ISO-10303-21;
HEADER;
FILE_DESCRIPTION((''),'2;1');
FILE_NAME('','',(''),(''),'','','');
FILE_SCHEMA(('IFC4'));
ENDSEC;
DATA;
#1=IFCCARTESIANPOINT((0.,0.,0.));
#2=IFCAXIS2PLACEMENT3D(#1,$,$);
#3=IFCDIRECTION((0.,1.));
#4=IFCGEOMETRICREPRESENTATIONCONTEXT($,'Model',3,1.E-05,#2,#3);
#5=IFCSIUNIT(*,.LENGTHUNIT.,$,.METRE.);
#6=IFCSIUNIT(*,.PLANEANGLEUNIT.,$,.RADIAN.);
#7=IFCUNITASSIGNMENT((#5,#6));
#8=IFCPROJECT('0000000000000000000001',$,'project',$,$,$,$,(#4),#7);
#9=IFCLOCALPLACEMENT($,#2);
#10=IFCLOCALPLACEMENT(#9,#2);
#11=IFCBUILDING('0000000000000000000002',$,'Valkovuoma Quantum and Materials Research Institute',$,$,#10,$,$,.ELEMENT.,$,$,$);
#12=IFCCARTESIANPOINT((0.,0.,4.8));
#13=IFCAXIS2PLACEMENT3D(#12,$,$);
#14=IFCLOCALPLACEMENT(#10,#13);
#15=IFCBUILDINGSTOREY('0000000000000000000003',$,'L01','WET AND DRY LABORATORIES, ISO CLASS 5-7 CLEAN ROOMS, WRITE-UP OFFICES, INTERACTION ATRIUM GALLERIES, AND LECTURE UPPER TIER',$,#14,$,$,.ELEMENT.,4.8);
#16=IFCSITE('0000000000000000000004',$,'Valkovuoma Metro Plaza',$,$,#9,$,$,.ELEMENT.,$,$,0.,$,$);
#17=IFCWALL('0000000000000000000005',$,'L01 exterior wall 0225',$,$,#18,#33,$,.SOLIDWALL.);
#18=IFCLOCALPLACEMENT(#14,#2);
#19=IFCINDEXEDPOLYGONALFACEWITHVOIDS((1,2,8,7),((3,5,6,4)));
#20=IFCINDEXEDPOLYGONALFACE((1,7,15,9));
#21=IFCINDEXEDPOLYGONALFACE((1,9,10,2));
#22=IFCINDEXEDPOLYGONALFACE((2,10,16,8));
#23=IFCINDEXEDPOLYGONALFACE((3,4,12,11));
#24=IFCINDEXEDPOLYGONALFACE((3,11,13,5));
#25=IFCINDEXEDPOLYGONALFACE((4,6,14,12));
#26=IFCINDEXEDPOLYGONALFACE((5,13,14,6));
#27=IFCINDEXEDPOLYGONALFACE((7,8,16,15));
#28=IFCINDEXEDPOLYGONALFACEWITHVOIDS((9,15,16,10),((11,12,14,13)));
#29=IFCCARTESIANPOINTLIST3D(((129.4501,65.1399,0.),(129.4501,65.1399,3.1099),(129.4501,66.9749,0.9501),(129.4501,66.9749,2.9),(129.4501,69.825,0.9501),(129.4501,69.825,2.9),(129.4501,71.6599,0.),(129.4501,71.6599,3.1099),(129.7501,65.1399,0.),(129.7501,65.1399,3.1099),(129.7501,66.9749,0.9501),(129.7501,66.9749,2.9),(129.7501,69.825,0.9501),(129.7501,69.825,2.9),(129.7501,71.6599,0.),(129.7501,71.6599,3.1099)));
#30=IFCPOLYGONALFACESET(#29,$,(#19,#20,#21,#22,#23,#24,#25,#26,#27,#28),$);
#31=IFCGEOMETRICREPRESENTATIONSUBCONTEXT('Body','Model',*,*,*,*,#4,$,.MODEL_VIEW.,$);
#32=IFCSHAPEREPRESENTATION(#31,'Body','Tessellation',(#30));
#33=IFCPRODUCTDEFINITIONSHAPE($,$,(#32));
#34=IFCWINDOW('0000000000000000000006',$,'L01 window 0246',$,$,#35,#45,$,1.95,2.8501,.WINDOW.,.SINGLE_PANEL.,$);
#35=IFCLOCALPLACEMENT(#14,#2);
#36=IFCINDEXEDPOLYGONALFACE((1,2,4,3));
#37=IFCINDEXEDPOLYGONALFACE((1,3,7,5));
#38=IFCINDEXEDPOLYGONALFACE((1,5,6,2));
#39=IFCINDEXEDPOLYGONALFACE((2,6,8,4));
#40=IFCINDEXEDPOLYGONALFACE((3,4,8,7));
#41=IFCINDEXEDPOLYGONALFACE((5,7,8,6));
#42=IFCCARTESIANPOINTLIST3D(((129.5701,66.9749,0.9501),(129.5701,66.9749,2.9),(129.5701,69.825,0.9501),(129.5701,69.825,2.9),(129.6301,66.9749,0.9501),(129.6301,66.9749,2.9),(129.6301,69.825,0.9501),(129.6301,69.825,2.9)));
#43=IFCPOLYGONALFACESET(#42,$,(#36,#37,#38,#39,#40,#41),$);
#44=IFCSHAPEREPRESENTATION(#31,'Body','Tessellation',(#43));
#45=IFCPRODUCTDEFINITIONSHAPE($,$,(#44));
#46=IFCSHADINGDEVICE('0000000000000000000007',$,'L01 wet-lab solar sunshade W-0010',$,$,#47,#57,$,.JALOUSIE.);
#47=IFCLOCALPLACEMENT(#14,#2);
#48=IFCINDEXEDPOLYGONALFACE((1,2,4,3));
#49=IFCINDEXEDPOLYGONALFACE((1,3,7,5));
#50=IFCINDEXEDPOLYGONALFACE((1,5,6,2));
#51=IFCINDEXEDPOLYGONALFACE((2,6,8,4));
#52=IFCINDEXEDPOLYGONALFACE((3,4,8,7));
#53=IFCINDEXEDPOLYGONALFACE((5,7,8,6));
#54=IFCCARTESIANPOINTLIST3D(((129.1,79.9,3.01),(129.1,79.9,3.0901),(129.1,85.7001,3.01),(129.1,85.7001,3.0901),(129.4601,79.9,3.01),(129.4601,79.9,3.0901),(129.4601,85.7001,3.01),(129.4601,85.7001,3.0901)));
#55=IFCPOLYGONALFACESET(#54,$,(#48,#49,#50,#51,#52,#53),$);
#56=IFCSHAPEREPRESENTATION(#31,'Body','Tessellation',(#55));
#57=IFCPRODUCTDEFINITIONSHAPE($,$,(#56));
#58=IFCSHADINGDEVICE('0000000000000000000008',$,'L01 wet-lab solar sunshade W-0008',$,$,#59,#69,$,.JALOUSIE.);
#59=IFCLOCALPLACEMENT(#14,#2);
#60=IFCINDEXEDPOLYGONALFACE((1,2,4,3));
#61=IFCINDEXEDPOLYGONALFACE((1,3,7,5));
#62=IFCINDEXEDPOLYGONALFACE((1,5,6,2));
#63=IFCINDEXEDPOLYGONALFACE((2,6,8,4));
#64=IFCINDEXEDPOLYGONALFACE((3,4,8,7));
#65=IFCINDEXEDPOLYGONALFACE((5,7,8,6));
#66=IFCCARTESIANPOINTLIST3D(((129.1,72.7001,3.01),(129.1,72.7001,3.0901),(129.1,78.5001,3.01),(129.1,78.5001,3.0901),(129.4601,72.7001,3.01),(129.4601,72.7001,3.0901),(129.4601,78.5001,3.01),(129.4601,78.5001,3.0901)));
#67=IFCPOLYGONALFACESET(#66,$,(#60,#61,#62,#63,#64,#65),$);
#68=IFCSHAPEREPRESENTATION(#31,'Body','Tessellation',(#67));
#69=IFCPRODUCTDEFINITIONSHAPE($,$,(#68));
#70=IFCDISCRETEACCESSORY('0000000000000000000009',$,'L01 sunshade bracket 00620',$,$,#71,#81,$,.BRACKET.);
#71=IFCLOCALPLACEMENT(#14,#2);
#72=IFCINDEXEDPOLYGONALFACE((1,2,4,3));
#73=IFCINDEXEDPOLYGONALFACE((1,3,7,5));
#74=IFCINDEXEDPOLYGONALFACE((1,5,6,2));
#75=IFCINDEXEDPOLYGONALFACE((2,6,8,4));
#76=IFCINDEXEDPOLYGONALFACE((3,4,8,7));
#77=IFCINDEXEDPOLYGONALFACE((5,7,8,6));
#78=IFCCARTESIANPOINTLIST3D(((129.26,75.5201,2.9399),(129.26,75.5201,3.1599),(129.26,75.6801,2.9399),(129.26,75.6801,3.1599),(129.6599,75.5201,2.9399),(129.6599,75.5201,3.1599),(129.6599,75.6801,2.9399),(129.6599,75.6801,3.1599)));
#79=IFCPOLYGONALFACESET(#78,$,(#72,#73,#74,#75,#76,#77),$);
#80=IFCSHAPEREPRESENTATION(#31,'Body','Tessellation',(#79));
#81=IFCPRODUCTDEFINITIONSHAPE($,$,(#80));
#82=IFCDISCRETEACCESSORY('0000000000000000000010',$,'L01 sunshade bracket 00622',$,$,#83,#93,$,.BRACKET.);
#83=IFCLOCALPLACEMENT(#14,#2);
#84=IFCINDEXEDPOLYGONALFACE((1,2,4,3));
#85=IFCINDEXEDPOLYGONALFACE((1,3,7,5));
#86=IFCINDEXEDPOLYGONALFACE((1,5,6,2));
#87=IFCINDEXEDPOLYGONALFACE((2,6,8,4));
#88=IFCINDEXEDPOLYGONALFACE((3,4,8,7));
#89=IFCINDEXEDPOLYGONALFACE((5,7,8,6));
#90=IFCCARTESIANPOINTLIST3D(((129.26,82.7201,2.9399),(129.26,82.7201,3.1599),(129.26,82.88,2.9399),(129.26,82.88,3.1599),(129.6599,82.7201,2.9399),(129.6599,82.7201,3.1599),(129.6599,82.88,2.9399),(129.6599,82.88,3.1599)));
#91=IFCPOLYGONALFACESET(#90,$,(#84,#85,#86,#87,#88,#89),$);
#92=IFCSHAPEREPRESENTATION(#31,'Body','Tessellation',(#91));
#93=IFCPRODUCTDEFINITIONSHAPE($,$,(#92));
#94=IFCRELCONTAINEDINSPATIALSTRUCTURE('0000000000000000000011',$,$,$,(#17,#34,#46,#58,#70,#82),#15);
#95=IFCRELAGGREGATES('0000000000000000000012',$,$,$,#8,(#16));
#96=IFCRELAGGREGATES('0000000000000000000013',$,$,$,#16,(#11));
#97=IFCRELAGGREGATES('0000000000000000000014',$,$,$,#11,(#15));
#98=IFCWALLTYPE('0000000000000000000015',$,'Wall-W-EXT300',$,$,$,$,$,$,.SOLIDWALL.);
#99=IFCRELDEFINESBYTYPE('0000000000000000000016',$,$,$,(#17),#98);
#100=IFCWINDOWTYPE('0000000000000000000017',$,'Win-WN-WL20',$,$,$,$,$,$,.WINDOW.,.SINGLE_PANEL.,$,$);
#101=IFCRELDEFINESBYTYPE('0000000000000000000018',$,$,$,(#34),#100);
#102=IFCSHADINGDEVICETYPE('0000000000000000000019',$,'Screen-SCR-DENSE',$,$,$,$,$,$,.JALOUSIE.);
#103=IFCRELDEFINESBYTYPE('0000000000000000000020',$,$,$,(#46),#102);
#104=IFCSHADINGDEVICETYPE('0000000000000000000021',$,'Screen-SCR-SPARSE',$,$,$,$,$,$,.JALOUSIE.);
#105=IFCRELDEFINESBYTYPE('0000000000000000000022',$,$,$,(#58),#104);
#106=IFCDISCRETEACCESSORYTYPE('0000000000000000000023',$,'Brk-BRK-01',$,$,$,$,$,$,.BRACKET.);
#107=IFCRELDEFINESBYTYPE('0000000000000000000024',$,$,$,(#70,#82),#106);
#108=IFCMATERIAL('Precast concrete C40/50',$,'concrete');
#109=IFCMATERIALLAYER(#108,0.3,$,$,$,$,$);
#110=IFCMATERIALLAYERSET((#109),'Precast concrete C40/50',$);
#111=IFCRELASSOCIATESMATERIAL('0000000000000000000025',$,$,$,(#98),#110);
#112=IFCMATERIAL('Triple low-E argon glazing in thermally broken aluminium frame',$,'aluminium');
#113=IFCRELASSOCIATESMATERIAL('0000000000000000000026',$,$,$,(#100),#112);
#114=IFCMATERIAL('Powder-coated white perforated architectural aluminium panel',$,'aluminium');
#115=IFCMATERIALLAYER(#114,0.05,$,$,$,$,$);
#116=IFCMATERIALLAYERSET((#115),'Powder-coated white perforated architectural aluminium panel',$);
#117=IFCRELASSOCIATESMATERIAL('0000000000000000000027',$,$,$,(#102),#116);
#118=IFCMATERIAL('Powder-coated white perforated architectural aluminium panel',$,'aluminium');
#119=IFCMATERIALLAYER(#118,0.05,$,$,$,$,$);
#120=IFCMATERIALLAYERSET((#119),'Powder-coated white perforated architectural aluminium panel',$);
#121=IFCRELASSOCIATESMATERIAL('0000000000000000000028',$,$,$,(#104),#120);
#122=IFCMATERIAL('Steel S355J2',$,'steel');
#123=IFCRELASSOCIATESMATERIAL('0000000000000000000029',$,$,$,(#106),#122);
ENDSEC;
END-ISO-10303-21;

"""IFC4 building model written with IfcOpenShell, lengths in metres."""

from ifc_helpers import new_model, si_unit, direction, frame, frame_2d, origin, origin_2d, place, context, subcontext, project, spatial, rectangle, extrude, material, layer, layer_set, type_object, element, fill, save


model = new_model("IFC4")

# Units and contexts
model_context = context("Model", 3, precision=1e-05, world=origin(), true_north=direction((0.0, 1.0)))
body_context = subcontext(model_context, "Body", "Model", "MODEL_VIEW")
ifc_project = project(units=[si_unit("LENGTHUNIT", "METRE"), si_unit("PLANEANGLEUNIT", "RADIAN")], contexts=[model_context])

# Site, building, storey
site_placement = place(None, origin())
site = spatial("IfcSite", under=ifc_project, at=site_placement, Name="Valkovuoma Metro Plaza", CompositionType="ELEMENT", RefElevation=0.0)
building_placement = place(site_placement, origin())
building = spatial("IfcBuilding", under=site, at=building_placement, Name="Valkovuoma Quantum and Materials Research Institute", CompositionType="ELEMENT")
storey_placement = place(building_placement, frame((0.0, 0.0, 4.8)))
storey = spatial("IfcBuildingStorey", under=building, at=storey_placement, Name="L01", Description="WET AND DRY LABORATORIES, ISO CLASS 5-7 CLEAN ROOMS, WRITE-UP OFFICES, INTERACTION ATRIUM GALLERIES, AND LECTURE UPPER TIER", CompositionType="ELEMENT", Elevation=4.8)

# Wall, opening, window
ifc_material_1 = material(Name="Precast concrete C40/50", Category="concrete")
ifc_layer_1 = layer(ifc_material_1, 0.3)
ifc_layer_set_1 = layer_set([ifc_layer_1], Name="Precast concrete C40/50")
wall_type = type_object("IfcWallType", Name="Wall-W-EXT300", PredefinedType="SOLIDWALL", material=ifc_layer_set_1)
wall_placement = place(storey_placement, frame((129.6001, 65.1399, 0.0), z_axis=(0.0, 0.0, 1.0), x_axis=(0.0, 1.0, 0.0)))
wall = element("IfcWall", 1, at=wall_placement, inside=storey, type_object=wall_type, Name="L01 exterior wall 0225", PredefinedType="SOLIDWALL", context=body_context, shape_type="SweptSolid", body=[
    extrude(rectangle(XDim=6.52, YDim=0.3, at=frame_2d((3.26, 0.0))), origin(), (0.0, 0.0, 1.0), 3.1099),
])
opening_placement = place(wall_placement, frame((1.835, 0.0, 0.95)))
opening = element("IfcOpeningElement", 2, at=opening_placement, cuts=wall, PredefinedType="OPENING", context=body_context, shape_type="SweptSolid", body=[
    extrude(rectangle(XDim=2.8501, YDim=1.95, at=frame_2d((1.425, 0.9751))), frame((0.0, 0.1602, 0.0), z_axis=(0.0, -1.0, 0.0), x_axis=(1.0, 0.0, 0.0)), (0.0, 0.0, 1.0), 0.3201),
])
ifc_material_2 = material(Name="Triple low-E argon glazing in thermally broken aluminium frame", Category="aluminium")
window_type = type_object("IfcWindowType", Name="Win-WN-WL20", PartitioningType="SINGLE_PANEL", PredefinedType="WINDOW", material=ifc_material_2)
window_placement = place(opening_placement, origin())
window = element("IfcWindow", 3, at=window_placement, inside=storey, type_object=window_type, Name="L01 window 0246", OverallHeight=1.95, OverallWidth=2.8501, PartitioningType="SINGLE_PANEL", PredefinedType="WINDOW", context=body_context, shape_type="SweptSolid", body=[
    extrude(rectangle(XDim=2.8501, YDim=1.95, at=frame_2d((1.425, 0.9751))), frame((0.0, 0.03, 0.0), z_axis=(0.0, -1.0, 0.0), x_axis=(1.0, 0.0, 0.0)), (0.0, 0.0, 1.0), 0.0601),
])
fill(opening, window)

# Shading devices
ifc_material_3 = material(Name="Powder-coated white perforated architectural aluminium panel", Category="aluminium")
ifc_layer_2 = layer(ifc_material_3, 0.05)
ifc_layer_set_2 = layer_set([ifc_layer_2], Name="Powder-coated white perforated architectural aluminium panel")
shading_device_type_1 = type_object("IfcShadingDeviceType", Name="Screen-SCR-DENSE", PredefinedType="JALOUSIE", material=ifc_layer_set_2)
shading_device_1_placement = place(storey_placement, frame((129.28, 82.8, 3.01), z_axis=(0.0, 0.0, 1.0), x_axis=(1.0, 0.0, 0.0)))
element("IfcShadingDevice", 4, at=shading_device_1_placement, inside=storey, type_object=shading_device_type_1, Name="L01 wet-lab solar sunshade W-0010", PredefinedType="JALOUSIE", context=body_context, shape_type="SweptSolid", body=[
    extrude(rectangle(XDim=0.3601, YDim=5.8, at=origin_2d()), origin(), (0.0, 0.0, 1.0), 0.0801),
])
ifc_material_4 = material(Name="Powder-coated white perforated architectural aluminium panel", Category="aluminium")
ifc_layer_3 = layer(ifc_material_4, 0.05)
ifc_layer_set_3 = layer_set([ifc_layer_3], Name="Powder-coated white perforated architectural aluminium panel")
shading_device_type_2 = type_object("IfcShadingDeviceType", Name="Screen-SCR-SPARSE", PredefinedType="JALOUSIE", material=ifc_layer_set_3)
shading_device_2_placement = place(storey_placement, frame((129.28, 75.6001, 3.01), z_axis=(0.0, 0.0, 1.0), x_axis=(1.0, 0.0, 0.0)))
element("IfcShadingDevice", 5, at=shading_device_2_placement, inside=storey, type_object=shading_device_type_2, Name="L01 wet-lab solar sunshade W-0008", PredefinedType="JALOUSIE", context=body_context, shape_type="SweptSolid", body=[
    extrude(rectangle(XDim=0.3601, YDim=5.8, at=origin_2d()), origin(), (0.0, 0.0, 1.0), 0.0801),
])

# Discrete accessories
ifc_material_5 = material(Name="Steel S355J2", Category="steel")
discrete_accessory_type = type_object("IfcDiscreteAccessoryType", Name="Brk-BRK-01", PredefinedType="BRACKET", material=ifc_material_5)
for number, where, z_axis, x_axis, name in (
    (6, (129.46, 75.6001, 2.9399), (0.0, 0.0, 1.0), (1.0, 0.0, 0.0), "L01 sunshade bracket 00620"),
    (7, (129.46, 82.8, 2.9399), (0.0, 0.0, 1.0), (1.0, 0.0, 0.0), "L01 sunshade bracket 00622"),
):
    element("IfcDiscreteAccessory", number, at=place(storey_placement, frame(where, z_axis=z_axis, x_axis=x_axis)), inside=storey, type_object=discrete_accessory_type, Name=name, PredefinedType="BRACKET", context=body_context, shape_type="SweptSolid", body=[
        extrude(rectangle(XDim=0.3999, YDim=0.1599, at=origin_2d()), origin(), (0.0, 0.0, 1.0), 0.22),
    ])

save(model, "model.ifc")
